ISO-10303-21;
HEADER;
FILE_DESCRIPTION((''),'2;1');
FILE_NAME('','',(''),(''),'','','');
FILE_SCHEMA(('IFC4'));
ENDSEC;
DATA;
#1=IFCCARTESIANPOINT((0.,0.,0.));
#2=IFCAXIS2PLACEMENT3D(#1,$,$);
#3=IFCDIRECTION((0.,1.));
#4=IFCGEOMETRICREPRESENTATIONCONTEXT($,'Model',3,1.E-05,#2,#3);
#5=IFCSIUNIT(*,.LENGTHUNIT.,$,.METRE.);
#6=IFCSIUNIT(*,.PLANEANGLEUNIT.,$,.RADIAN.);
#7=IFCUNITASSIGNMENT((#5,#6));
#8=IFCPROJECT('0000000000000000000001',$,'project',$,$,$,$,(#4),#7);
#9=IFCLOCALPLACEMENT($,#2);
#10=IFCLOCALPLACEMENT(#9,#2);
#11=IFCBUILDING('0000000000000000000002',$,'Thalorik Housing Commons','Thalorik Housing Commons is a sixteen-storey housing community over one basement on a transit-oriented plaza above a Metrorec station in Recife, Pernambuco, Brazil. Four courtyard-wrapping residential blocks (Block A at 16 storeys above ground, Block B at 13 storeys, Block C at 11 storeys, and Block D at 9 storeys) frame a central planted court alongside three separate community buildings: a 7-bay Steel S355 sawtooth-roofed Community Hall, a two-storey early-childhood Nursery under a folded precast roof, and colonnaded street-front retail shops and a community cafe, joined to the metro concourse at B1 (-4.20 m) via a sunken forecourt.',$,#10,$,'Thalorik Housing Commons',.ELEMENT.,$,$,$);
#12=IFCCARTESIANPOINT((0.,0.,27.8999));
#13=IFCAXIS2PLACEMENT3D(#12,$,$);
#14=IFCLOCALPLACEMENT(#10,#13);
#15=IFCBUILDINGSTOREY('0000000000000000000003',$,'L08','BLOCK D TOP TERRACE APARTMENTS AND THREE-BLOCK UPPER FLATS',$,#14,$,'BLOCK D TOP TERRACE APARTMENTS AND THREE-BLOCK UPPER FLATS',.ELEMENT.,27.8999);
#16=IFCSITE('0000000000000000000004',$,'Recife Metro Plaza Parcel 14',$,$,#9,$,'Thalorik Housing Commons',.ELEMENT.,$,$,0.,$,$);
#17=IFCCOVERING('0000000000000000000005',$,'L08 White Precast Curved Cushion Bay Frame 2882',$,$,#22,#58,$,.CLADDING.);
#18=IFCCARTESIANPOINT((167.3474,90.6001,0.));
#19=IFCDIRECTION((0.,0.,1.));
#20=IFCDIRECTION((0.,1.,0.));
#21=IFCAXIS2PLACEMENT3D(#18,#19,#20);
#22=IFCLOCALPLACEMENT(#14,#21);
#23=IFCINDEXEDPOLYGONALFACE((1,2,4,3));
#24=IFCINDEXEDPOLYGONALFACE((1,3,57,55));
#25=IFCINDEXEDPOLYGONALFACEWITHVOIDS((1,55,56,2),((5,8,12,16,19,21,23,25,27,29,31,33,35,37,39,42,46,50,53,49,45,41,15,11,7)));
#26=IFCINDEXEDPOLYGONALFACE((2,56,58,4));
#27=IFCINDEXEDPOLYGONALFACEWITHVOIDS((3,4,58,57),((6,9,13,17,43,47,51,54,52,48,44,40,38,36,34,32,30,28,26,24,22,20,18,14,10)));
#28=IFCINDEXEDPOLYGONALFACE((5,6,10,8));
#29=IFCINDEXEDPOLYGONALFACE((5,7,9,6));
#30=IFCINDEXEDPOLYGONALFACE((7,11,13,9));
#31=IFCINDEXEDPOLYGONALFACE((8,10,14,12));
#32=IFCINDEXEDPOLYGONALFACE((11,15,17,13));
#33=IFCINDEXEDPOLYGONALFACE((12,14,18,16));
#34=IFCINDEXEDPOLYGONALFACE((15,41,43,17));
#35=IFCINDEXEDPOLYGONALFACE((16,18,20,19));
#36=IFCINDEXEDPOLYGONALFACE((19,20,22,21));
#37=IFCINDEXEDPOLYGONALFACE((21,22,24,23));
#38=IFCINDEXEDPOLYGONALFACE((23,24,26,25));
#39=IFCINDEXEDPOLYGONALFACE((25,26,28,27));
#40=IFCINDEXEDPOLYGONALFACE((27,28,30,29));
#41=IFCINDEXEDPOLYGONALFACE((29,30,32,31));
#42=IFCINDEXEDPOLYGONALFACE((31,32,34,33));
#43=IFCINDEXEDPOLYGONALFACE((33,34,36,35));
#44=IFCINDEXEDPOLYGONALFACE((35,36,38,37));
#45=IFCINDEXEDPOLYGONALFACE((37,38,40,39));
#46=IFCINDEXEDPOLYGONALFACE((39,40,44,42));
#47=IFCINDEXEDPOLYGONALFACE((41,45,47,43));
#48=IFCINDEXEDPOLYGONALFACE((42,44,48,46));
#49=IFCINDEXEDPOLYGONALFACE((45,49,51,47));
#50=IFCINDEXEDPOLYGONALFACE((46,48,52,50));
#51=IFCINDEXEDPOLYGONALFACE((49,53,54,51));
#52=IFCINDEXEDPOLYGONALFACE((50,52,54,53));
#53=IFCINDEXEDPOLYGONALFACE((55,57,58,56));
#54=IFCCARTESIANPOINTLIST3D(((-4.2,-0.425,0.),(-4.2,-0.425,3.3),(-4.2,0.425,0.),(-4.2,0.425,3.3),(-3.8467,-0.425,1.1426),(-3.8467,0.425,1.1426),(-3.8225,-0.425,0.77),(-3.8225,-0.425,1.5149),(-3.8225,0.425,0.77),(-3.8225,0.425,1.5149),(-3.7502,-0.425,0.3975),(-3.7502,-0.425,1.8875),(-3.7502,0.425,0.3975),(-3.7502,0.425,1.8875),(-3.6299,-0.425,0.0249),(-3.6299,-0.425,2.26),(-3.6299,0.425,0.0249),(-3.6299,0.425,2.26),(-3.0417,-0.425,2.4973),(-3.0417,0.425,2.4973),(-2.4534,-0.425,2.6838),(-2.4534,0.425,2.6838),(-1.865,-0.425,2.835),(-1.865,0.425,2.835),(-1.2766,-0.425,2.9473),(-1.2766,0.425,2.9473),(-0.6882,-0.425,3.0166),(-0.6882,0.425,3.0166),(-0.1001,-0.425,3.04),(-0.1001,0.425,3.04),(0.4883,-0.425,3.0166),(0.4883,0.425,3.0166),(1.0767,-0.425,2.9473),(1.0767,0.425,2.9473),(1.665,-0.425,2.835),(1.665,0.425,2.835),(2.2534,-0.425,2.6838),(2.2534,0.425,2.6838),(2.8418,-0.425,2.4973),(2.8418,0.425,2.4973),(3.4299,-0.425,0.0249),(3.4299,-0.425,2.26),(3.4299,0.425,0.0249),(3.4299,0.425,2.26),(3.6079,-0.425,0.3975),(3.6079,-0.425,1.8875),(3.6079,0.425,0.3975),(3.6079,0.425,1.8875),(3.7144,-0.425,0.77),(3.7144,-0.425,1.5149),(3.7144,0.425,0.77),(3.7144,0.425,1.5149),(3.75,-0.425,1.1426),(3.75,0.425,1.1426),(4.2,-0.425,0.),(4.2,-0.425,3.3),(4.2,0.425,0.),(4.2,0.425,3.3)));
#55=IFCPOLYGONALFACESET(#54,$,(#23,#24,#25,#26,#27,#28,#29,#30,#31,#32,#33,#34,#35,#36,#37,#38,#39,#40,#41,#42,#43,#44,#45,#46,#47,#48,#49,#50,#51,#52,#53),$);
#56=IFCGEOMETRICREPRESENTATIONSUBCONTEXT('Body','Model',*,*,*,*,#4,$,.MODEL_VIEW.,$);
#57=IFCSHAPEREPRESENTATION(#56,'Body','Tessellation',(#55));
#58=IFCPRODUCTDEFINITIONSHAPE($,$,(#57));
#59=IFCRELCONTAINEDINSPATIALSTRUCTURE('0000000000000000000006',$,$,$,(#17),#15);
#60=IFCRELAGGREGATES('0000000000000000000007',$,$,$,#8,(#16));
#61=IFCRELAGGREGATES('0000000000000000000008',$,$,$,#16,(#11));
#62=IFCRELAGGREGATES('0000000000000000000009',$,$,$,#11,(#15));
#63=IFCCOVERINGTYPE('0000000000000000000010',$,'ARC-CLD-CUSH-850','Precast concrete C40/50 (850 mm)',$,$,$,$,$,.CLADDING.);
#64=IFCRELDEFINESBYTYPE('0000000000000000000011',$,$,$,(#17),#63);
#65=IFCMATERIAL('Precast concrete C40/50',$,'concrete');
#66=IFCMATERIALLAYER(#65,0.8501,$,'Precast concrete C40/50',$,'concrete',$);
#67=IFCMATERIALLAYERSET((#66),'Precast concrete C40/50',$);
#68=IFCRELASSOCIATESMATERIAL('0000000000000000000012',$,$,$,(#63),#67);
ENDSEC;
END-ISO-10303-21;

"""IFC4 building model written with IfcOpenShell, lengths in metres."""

from ifc_helpers import new_model, si_unit, direction, frame, origin, place, context, subcontext, project, spatial, polyline, outline, extrude, material, layer, layer_set, type_object, element, save


model = new_model("IFC4")

# Units and contexts
model_context = context("Model", 3, precision=1e-05, world=origin(), true_north=direction((0.0, 1.0)))
body_context = subcontext(model_context, "Body", "Model", "MODEL_VIEW")
ifc_project = project(units=[si_unit("LENGTHUNIT", "METRE"), si_unit("PLANEANGLEUNIT", "RADIAN")], contexts=[model_context])

# Site, building, storey
site_placement = place(None, origin())
site = spatial("IfcSite", under=ifc_project, at=site_placement, Name="Recife Metro Plaza Parcel 14", LongName="Thalorik Housing Commons", CompositionType="ELEMENT", RefElevation=0.0)
building_placement = place(site_placement, origin())
building = spatial("IfcBuilding", under=site, at=building_placement, Name="Thalorik Housing Commons", Description="Thalorik Housing Commons is a sixteen-storey housing community over one basement on a transit-oriented plaza above a Metrorec station in Recife, Pernambuco, Brazil. Four courtyard-wrapping residential blocks (Block A at 16 storeys above ground, Block B at 13 storeys, Block C at 11 storeys, and Block D at 9 storeys) frame a central planted court alongside three separate community buildings: a 7-bay Steel S355 sawtooth-roofed Community Hall, a two-storey early-childhood Nursery under a folded precast roof, and colonnaded street-front retail shops and a community cafe, joined to the metro concourse at B1 (-4.20 m) via a sunken forecourt.", LongName="Thalorik Housing Commons", CompositionType="ELEMENT")
storey_placement = place(building_placement, frame((0.0, 0.0, 27.8999)))
storey = spatial("IfcBuildingStorey", under=building, at=storey_placement, Name="L08", Description="BLOCK D TOP TERRACE APARTMENTS AND THREE-BLOCK UPPER FLATS", LongName="BLOCK D TOP TERRACE APARTMENTS AND THREE-BLOCK UPPER FLATS", CompositionType="ELEMENT", Elevation=27.8999)

# Shared definitions
ifc_material_1 = material(Name="Precast concrete C40/50", Category="concrete")

# Covering
ifc_layer_1 = layer(ifc_material_1, 0.8501, Name="Precast concrete C40/50", Category="concrete")
ifc_layer_set_1 = layer_set([ifc_layer_1], Name="Precast concrete C40/50")
covering_type_1 = type_object("IfcCoveringType", Name="ARC-CLD-CUSH-850", Description="Precast concrete C40/50 (850 mm)", PredefinedType="CLADDING", material=ifc_layer_set_1)
covering_1_placement = place(storey_placement, frame((167.3474, 90.6001, 0.0), z_axis=(0.0, 0.0, 1.0), x_axis=(0.0, 1.0, 0.0)))
element("IfcCovering", 1, at=covering_1_placement, inside=storey, type_object=covering_type_1, Name="L08 White Precast Curved Cushion Bay Frame 2882", PredefinedType="CLADDING", context=body_context, shape_type="SweptSolid", body=[
    extrude(outline(polyline([(-4.2, 0.0), (4.2, 0.0), (4.2, 3.3), (-4.2, 3.3), (-4.2, 0.0)]), holes=[polyline([(3.4299, 0.0249), (3.6079, 0.3975), (3.7144, 0.77), (3.75, 1.1426), (3.7144, 1.5149), (3.6079, 1.8875), (3.4299, 2.26), (2.8418, 2.4973), (2.2534, 2.6838), (1.665, 2.835), (1.0767, 2.9473), (0.4883, 3.0166), (-0.1001, 3.04), (-0.6882, 3.0166), (-1.2766, 2.9473), (-1.865, 2.835), (-2.4534, 2.6838), (-3.0417, 2.4973), (-3.6299, 2.26), (-3.7502, 1.8875), (-3.8225, 1.5149), (-3.8467, 1.1426), (-3.8225, 0.77), (-3.7502, 0.3975), (-3.6299, 0.0249), (3.4299, 0.0249)])]), frame((0.0, 0.425, 0.0), z_axis=(0.0, -1.0, 0.0), x_axis=(1.0, 0.0, 0.0)), (0.0, 0.0, 1.0), 0.8501),
])

save(model, "model.ifc")
